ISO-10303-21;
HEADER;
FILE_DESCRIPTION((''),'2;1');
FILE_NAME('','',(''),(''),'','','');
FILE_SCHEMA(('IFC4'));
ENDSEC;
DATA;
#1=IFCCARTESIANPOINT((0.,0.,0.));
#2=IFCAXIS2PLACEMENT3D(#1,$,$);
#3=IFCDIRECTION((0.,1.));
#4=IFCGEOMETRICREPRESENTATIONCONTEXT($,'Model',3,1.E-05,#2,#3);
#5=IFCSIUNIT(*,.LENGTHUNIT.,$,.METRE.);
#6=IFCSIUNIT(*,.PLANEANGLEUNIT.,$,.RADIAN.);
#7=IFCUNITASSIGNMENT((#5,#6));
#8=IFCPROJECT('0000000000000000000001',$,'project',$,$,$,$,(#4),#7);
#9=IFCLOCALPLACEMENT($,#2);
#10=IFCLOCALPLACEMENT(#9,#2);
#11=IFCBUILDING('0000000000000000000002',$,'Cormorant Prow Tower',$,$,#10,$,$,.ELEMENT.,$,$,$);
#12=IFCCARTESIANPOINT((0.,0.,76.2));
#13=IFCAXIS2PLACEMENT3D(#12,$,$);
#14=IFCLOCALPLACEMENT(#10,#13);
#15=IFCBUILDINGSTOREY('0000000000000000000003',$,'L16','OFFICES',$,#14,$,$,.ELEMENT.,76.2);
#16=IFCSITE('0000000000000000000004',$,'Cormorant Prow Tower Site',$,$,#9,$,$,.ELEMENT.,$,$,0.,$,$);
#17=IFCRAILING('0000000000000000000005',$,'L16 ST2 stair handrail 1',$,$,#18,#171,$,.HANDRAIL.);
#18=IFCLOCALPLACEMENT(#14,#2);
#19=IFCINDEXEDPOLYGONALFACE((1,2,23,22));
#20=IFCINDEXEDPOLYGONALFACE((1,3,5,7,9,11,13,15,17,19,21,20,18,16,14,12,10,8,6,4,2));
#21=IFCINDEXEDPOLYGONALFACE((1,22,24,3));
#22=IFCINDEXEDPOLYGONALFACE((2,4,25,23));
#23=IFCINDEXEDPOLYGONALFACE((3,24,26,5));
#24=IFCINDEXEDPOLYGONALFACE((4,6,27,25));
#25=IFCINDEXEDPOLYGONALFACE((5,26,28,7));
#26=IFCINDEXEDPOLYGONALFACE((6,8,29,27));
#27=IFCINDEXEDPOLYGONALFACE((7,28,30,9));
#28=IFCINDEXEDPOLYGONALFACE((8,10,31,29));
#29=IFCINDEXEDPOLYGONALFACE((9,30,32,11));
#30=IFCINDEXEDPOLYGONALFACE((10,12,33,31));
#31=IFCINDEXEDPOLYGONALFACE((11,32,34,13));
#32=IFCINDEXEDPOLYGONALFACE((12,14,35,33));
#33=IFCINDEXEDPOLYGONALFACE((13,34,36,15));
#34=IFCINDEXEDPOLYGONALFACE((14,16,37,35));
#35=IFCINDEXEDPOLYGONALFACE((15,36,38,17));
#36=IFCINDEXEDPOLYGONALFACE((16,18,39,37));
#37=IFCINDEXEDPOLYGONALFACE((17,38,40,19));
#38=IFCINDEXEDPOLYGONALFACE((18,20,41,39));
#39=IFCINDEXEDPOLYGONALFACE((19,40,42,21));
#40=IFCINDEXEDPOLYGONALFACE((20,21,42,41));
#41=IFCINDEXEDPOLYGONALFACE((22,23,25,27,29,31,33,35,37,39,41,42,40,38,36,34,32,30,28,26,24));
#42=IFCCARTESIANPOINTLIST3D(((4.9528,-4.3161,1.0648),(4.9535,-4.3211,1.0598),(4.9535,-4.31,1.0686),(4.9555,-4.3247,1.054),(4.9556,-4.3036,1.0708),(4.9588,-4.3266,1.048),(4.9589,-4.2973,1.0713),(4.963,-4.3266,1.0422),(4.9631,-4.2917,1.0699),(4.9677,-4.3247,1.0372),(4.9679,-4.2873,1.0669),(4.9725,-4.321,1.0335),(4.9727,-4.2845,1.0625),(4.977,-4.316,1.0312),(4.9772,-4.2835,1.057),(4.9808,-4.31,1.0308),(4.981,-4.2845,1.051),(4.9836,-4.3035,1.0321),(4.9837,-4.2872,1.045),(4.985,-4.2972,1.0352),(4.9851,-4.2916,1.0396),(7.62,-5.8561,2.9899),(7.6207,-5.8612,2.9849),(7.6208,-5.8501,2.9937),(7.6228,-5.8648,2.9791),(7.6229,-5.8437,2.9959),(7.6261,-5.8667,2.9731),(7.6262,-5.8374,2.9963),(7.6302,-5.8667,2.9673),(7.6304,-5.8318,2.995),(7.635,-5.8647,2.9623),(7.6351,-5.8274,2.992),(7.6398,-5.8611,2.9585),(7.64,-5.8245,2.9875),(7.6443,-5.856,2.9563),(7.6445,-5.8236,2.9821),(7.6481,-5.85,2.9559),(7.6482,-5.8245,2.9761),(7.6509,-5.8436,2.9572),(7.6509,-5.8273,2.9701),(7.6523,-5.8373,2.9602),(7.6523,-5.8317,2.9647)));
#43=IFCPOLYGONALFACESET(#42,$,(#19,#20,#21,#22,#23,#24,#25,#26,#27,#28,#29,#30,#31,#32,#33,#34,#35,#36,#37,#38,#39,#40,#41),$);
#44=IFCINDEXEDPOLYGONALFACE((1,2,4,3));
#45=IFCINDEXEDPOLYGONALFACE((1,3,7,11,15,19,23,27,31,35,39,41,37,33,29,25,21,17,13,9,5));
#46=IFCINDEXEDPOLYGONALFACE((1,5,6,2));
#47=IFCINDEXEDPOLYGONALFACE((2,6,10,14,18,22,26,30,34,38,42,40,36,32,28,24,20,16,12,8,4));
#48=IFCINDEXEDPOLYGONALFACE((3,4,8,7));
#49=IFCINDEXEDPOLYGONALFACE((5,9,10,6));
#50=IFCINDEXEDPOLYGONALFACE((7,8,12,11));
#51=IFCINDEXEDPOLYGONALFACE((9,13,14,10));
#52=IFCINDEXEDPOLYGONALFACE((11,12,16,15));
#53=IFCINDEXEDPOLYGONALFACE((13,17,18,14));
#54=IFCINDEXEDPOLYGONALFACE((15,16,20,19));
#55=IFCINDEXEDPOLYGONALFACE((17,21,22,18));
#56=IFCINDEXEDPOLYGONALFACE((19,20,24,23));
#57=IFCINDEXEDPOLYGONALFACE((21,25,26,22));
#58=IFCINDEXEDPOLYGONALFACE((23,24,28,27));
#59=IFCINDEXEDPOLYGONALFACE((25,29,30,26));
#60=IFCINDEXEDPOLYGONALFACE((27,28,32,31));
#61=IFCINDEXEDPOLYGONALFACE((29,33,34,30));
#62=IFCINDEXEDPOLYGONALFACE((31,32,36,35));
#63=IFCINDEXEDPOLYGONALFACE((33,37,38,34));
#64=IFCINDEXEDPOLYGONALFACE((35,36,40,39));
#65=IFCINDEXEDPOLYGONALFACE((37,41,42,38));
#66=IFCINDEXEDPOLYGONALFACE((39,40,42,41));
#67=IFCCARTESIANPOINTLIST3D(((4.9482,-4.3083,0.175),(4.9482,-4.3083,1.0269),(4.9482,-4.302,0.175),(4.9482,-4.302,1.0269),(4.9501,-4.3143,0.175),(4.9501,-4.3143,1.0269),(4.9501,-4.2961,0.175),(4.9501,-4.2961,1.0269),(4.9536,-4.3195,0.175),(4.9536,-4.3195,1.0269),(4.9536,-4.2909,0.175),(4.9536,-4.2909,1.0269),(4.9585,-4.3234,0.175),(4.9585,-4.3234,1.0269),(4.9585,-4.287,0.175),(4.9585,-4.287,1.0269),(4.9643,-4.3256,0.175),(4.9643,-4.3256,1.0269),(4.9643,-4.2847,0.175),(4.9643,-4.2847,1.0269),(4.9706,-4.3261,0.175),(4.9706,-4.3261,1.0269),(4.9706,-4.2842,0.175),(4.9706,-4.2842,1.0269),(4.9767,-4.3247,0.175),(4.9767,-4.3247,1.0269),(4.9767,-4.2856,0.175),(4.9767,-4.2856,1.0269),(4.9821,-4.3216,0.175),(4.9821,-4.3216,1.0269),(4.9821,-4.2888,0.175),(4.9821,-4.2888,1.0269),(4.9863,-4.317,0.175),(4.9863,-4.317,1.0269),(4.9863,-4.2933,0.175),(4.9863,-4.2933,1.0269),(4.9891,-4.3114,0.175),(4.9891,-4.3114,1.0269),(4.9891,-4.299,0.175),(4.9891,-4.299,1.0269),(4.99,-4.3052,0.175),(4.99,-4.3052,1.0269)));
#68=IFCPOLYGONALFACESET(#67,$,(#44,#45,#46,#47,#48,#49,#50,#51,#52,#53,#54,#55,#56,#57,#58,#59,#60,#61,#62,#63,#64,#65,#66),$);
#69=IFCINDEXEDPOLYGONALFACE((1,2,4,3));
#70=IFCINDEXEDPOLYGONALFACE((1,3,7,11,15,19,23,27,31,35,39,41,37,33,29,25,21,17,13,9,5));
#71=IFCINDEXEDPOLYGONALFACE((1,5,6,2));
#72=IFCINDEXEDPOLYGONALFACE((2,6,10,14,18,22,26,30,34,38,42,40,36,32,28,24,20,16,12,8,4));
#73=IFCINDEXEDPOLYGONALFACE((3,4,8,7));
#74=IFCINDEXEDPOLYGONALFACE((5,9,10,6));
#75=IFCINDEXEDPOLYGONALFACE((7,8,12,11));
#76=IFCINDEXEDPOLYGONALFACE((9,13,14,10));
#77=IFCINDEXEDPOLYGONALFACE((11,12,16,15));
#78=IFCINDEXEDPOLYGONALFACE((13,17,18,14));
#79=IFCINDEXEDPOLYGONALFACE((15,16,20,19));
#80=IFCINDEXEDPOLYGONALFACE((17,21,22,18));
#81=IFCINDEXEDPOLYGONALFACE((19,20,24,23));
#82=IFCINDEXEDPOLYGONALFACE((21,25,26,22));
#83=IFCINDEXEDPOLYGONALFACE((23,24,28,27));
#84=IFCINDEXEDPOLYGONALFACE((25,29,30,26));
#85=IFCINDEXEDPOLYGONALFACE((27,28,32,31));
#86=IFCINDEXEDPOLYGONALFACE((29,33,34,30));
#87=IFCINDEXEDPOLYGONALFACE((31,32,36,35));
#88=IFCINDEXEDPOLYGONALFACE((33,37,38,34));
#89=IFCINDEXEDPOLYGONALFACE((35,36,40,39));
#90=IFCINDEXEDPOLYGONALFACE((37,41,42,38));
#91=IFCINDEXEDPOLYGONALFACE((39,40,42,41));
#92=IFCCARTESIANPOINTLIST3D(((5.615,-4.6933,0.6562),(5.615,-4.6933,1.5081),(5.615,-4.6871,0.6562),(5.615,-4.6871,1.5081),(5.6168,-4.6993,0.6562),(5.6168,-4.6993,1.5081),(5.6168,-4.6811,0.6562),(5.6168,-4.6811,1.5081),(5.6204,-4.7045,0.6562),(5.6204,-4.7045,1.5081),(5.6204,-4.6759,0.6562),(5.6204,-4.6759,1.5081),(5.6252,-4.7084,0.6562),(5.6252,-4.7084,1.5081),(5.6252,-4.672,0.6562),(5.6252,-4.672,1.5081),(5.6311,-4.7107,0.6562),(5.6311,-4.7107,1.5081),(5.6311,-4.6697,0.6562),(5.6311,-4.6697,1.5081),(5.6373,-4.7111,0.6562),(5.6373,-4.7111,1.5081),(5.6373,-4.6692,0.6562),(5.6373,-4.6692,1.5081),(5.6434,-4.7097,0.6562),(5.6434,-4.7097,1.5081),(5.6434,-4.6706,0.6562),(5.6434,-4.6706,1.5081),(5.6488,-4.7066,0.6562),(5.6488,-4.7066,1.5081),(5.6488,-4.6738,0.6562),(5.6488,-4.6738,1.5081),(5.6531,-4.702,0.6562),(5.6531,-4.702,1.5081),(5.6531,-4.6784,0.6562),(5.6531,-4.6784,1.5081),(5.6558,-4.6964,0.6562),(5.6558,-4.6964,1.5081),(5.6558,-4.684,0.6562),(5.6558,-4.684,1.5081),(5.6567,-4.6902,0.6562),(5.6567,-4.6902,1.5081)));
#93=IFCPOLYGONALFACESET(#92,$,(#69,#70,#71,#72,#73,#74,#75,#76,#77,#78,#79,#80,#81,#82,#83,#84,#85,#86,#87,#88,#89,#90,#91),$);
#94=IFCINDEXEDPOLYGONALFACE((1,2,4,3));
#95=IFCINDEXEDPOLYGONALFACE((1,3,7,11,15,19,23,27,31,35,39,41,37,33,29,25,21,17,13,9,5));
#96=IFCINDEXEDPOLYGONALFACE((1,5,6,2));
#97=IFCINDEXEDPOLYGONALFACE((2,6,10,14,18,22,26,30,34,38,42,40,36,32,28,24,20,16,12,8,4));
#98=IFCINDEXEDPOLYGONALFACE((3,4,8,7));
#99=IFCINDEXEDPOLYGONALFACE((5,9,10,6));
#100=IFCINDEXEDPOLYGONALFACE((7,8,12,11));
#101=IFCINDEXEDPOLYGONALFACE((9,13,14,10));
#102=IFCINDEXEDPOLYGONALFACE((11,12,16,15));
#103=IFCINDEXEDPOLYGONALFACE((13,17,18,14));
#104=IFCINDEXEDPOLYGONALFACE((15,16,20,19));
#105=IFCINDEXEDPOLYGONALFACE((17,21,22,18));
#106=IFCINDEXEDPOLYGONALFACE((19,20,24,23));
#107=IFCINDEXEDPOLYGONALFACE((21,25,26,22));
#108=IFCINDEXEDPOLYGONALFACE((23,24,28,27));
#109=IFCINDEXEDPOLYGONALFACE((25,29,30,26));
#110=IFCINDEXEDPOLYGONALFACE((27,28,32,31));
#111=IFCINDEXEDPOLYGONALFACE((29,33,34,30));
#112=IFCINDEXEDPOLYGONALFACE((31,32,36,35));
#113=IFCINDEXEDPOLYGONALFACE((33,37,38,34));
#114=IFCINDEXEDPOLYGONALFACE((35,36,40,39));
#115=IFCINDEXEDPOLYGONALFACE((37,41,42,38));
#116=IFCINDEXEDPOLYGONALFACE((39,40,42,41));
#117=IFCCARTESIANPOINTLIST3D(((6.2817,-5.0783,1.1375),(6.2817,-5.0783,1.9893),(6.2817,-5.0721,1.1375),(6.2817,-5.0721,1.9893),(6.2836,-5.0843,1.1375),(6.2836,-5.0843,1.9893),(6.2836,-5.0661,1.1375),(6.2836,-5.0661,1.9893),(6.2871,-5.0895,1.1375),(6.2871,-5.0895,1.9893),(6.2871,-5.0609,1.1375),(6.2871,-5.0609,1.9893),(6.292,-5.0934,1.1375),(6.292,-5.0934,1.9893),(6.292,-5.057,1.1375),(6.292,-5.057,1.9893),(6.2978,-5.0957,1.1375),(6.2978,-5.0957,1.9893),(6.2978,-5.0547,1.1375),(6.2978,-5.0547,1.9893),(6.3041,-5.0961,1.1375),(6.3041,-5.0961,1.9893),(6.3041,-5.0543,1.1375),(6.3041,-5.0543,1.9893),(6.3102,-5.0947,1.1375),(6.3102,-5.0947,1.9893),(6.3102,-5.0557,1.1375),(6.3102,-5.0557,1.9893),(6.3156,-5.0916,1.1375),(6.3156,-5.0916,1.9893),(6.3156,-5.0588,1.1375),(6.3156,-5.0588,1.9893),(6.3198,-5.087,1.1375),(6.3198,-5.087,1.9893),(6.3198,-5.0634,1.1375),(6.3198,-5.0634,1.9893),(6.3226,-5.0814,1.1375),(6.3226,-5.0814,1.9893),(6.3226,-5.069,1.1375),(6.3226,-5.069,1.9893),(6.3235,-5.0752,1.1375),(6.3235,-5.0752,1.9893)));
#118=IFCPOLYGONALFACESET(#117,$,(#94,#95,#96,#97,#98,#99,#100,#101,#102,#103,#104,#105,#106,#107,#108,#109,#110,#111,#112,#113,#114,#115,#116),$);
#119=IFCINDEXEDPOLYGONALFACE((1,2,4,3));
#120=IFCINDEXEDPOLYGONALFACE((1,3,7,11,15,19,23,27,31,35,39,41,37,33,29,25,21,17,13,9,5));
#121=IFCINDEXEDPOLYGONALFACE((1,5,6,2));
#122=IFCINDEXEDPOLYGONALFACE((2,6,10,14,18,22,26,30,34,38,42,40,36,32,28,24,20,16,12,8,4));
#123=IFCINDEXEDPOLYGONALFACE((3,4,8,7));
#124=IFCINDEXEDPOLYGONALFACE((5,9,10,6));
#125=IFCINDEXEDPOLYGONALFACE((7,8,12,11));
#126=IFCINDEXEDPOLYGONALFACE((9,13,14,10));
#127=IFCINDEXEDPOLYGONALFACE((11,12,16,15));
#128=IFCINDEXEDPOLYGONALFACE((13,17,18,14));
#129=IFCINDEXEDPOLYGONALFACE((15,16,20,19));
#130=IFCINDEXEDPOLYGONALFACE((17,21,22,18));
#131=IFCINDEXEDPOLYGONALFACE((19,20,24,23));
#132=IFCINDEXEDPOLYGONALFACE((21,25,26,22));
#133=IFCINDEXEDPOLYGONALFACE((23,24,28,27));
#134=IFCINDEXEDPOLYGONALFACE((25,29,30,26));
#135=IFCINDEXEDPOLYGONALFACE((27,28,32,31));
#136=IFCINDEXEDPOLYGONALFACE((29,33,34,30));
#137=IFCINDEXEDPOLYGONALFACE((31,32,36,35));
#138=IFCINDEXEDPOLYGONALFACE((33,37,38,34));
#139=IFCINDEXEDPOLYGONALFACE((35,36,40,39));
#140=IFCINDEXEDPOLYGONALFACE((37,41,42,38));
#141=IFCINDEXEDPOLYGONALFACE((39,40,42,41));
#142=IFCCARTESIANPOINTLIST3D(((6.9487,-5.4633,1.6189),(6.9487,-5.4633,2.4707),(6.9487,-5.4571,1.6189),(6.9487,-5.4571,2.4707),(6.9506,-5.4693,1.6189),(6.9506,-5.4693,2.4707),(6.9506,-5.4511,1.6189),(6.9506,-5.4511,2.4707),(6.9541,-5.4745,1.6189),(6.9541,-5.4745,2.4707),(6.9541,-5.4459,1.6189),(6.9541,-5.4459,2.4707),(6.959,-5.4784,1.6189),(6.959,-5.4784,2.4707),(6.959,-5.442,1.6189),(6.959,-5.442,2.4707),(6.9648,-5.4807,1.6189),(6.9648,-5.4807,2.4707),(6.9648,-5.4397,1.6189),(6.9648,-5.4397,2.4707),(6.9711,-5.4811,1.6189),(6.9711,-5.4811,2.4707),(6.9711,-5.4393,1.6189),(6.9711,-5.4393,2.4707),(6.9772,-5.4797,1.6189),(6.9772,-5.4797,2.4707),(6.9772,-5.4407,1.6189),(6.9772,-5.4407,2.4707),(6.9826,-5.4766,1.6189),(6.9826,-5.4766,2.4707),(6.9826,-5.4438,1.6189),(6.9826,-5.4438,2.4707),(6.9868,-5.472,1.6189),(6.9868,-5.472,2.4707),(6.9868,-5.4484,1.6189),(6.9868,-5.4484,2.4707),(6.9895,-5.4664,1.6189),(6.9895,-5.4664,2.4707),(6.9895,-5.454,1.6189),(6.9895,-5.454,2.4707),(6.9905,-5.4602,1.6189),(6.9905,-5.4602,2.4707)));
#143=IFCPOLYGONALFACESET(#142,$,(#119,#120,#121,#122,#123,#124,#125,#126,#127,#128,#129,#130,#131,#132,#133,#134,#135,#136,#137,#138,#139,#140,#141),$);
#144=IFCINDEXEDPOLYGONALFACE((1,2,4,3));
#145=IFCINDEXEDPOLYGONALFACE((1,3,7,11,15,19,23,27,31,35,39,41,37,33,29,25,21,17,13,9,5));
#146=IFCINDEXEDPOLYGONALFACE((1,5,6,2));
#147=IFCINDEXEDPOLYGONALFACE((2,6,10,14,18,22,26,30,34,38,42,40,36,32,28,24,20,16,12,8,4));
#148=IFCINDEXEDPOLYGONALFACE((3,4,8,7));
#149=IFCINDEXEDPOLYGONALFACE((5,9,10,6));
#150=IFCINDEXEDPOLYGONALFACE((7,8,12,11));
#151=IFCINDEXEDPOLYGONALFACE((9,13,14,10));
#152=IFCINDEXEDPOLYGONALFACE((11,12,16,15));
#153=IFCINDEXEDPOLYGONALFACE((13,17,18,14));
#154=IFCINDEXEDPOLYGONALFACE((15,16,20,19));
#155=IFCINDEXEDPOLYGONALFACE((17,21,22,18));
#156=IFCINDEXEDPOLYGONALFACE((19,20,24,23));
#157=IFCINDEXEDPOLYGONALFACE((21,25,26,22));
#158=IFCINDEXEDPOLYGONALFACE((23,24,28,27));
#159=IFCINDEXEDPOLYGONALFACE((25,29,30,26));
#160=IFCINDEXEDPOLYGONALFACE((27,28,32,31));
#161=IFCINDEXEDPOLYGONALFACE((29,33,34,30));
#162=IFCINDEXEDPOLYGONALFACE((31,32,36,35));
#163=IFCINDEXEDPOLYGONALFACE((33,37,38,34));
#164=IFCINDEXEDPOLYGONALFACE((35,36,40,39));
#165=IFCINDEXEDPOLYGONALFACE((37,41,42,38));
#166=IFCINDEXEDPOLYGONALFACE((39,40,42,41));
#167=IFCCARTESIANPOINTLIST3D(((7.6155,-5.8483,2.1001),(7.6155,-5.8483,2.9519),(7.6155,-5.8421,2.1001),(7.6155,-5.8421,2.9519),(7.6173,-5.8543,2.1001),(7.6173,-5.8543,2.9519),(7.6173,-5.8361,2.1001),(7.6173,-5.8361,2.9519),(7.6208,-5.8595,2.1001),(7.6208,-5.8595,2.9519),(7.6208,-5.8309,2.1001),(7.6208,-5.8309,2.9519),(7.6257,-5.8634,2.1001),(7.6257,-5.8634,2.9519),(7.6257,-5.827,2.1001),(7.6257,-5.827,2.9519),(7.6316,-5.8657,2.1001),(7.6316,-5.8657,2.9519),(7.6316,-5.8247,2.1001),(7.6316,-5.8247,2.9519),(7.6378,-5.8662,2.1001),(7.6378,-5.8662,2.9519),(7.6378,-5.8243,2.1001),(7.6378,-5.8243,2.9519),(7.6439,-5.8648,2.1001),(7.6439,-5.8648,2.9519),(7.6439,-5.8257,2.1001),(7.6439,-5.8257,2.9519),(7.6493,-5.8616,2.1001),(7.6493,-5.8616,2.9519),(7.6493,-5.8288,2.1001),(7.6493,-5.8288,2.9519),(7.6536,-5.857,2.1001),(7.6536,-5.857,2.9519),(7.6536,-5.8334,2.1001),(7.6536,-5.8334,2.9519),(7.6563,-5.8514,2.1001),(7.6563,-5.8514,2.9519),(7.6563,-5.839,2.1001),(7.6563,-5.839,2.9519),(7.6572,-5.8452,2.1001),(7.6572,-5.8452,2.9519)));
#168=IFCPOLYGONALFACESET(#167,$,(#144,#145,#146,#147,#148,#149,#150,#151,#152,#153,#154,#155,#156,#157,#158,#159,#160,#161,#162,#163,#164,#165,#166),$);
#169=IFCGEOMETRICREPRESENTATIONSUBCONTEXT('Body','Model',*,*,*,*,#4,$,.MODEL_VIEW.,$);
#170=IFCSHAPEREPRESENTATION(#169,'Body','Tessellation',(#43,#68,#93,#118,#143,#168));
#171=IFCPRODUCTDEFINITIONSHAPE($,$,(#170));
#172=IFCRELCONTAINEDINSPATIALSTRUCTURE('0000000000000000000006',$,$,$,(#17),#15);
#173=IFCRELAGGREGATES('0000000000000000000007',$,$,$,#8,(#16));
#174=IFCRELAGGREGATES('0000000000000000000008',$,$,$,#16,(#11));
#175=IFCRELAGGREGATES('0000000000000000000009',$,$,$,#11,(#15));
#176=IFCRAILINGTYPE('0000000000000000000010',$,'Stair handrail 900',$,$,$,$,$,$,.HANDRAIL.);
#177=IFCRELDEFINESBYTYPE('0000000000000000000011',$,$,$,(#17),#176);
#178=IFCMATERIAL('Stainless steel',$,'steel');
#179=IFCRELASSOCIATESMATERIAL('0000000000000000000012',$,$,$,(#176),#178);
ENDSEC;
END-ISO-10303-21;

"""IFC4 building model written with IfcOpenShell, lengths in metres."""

from ifc_helpers import new_model, si_unit, direction, frame, origin, origin_2d, place, context, subcontext, project, spatial, circle, extrude, material, type_object, element, save


model = new_model("IFC4")

# Units and contexts
model_context = context("Model", 3, precision=1e-05, world=origin(), true_north=direction((0.0, 1.0)))
body_context = subcontext(model_context, "Body", "Model", "MODEL_VIEW")
ifc_project = project(units=[si_unit("LENGTHUNIT", "METRE"), si_unit("PLANEANGLEUNIT", "RADIAN")], contexts=[model_context])

# Site, building, storey
site_placement = place(None, origin())
site = spatial("IfcSite", under=ifc_project, at=site_placement, Name="Cormorant Prow Tower Site", CompositionType="ELEMENT", RefElevation=0.0)
building_placement = place(site_placement, origin())
building = spatial("IfcBuilding", under=site, at=building_placement, Name="Cormorant Prow Tower", CompositionType="ELEMENT")
storey_placement = place(building_placement, frame((0.0, 0.0, 76.2)))
storey = spatial("IfcBuildingStorey", under=building, at=storey_placement, Name="L16", Description="OFFICES", CompositionType="ELEMENT", Elevation=76.2)

# Railing
ifc_material_1 = material(Name="Stainless steel", Category="steel")
railing_type_1 = type_object("IfcRailingType", Name="Stair handrail 900", PredefinedType="HANDRAIL", material=ifc_material_1)
railing_1_placement = place(storey_placement, frame((4.969, -4.3052, 0.175)))
element("IfcRailing", 1, at=railing_1_placement, inside=storey, type_object=railing_type_1, Name="L16 ST2 stair handrail 1", PredefinedType="HANDRAIL", context=body_context, shape_type="SweptSolid", body=[
    extrude(circle(Radius=0.0239, at=origin_2d()), frame((0.0, 0.0, 0.876), z_axis=(0.734364, -0.424015, 0.530019), x_axis=(0.500027, 0.86601, 0.0)), (0.0, 0.0, 1.0), 3.6321),
    extrude(circle(Radius=0.021, at=origin_2d()), origin(), (0.0, 0.0, 1.0), 0.8518),
    extrude(circle(Radius=0.021, at=origin_2d()), frame((0.6667, -0.385, 0.4812)), (0.0, 0.0, 1.0), 0.8518),
    extrude(circle(Radius=0.021, at=origin_2d()), frame((1.3335, -0.77, 0.9624)), (0.0, 0.0, 1.0), 0.8518),
    extrude(circle(Radius=0.021, at=origin_2d()), frame((2.0005, -1.155, 1.4438)), (0.0, 0.0, 1.0), 0.8518),
    extrude(circle(Radius=0.021, at=origin_2d()), frame((2.6672, -1.54, 1.925)), (0.0, 0.0, 1.0), 0.8518),
])

save(model, "model.ifc")
